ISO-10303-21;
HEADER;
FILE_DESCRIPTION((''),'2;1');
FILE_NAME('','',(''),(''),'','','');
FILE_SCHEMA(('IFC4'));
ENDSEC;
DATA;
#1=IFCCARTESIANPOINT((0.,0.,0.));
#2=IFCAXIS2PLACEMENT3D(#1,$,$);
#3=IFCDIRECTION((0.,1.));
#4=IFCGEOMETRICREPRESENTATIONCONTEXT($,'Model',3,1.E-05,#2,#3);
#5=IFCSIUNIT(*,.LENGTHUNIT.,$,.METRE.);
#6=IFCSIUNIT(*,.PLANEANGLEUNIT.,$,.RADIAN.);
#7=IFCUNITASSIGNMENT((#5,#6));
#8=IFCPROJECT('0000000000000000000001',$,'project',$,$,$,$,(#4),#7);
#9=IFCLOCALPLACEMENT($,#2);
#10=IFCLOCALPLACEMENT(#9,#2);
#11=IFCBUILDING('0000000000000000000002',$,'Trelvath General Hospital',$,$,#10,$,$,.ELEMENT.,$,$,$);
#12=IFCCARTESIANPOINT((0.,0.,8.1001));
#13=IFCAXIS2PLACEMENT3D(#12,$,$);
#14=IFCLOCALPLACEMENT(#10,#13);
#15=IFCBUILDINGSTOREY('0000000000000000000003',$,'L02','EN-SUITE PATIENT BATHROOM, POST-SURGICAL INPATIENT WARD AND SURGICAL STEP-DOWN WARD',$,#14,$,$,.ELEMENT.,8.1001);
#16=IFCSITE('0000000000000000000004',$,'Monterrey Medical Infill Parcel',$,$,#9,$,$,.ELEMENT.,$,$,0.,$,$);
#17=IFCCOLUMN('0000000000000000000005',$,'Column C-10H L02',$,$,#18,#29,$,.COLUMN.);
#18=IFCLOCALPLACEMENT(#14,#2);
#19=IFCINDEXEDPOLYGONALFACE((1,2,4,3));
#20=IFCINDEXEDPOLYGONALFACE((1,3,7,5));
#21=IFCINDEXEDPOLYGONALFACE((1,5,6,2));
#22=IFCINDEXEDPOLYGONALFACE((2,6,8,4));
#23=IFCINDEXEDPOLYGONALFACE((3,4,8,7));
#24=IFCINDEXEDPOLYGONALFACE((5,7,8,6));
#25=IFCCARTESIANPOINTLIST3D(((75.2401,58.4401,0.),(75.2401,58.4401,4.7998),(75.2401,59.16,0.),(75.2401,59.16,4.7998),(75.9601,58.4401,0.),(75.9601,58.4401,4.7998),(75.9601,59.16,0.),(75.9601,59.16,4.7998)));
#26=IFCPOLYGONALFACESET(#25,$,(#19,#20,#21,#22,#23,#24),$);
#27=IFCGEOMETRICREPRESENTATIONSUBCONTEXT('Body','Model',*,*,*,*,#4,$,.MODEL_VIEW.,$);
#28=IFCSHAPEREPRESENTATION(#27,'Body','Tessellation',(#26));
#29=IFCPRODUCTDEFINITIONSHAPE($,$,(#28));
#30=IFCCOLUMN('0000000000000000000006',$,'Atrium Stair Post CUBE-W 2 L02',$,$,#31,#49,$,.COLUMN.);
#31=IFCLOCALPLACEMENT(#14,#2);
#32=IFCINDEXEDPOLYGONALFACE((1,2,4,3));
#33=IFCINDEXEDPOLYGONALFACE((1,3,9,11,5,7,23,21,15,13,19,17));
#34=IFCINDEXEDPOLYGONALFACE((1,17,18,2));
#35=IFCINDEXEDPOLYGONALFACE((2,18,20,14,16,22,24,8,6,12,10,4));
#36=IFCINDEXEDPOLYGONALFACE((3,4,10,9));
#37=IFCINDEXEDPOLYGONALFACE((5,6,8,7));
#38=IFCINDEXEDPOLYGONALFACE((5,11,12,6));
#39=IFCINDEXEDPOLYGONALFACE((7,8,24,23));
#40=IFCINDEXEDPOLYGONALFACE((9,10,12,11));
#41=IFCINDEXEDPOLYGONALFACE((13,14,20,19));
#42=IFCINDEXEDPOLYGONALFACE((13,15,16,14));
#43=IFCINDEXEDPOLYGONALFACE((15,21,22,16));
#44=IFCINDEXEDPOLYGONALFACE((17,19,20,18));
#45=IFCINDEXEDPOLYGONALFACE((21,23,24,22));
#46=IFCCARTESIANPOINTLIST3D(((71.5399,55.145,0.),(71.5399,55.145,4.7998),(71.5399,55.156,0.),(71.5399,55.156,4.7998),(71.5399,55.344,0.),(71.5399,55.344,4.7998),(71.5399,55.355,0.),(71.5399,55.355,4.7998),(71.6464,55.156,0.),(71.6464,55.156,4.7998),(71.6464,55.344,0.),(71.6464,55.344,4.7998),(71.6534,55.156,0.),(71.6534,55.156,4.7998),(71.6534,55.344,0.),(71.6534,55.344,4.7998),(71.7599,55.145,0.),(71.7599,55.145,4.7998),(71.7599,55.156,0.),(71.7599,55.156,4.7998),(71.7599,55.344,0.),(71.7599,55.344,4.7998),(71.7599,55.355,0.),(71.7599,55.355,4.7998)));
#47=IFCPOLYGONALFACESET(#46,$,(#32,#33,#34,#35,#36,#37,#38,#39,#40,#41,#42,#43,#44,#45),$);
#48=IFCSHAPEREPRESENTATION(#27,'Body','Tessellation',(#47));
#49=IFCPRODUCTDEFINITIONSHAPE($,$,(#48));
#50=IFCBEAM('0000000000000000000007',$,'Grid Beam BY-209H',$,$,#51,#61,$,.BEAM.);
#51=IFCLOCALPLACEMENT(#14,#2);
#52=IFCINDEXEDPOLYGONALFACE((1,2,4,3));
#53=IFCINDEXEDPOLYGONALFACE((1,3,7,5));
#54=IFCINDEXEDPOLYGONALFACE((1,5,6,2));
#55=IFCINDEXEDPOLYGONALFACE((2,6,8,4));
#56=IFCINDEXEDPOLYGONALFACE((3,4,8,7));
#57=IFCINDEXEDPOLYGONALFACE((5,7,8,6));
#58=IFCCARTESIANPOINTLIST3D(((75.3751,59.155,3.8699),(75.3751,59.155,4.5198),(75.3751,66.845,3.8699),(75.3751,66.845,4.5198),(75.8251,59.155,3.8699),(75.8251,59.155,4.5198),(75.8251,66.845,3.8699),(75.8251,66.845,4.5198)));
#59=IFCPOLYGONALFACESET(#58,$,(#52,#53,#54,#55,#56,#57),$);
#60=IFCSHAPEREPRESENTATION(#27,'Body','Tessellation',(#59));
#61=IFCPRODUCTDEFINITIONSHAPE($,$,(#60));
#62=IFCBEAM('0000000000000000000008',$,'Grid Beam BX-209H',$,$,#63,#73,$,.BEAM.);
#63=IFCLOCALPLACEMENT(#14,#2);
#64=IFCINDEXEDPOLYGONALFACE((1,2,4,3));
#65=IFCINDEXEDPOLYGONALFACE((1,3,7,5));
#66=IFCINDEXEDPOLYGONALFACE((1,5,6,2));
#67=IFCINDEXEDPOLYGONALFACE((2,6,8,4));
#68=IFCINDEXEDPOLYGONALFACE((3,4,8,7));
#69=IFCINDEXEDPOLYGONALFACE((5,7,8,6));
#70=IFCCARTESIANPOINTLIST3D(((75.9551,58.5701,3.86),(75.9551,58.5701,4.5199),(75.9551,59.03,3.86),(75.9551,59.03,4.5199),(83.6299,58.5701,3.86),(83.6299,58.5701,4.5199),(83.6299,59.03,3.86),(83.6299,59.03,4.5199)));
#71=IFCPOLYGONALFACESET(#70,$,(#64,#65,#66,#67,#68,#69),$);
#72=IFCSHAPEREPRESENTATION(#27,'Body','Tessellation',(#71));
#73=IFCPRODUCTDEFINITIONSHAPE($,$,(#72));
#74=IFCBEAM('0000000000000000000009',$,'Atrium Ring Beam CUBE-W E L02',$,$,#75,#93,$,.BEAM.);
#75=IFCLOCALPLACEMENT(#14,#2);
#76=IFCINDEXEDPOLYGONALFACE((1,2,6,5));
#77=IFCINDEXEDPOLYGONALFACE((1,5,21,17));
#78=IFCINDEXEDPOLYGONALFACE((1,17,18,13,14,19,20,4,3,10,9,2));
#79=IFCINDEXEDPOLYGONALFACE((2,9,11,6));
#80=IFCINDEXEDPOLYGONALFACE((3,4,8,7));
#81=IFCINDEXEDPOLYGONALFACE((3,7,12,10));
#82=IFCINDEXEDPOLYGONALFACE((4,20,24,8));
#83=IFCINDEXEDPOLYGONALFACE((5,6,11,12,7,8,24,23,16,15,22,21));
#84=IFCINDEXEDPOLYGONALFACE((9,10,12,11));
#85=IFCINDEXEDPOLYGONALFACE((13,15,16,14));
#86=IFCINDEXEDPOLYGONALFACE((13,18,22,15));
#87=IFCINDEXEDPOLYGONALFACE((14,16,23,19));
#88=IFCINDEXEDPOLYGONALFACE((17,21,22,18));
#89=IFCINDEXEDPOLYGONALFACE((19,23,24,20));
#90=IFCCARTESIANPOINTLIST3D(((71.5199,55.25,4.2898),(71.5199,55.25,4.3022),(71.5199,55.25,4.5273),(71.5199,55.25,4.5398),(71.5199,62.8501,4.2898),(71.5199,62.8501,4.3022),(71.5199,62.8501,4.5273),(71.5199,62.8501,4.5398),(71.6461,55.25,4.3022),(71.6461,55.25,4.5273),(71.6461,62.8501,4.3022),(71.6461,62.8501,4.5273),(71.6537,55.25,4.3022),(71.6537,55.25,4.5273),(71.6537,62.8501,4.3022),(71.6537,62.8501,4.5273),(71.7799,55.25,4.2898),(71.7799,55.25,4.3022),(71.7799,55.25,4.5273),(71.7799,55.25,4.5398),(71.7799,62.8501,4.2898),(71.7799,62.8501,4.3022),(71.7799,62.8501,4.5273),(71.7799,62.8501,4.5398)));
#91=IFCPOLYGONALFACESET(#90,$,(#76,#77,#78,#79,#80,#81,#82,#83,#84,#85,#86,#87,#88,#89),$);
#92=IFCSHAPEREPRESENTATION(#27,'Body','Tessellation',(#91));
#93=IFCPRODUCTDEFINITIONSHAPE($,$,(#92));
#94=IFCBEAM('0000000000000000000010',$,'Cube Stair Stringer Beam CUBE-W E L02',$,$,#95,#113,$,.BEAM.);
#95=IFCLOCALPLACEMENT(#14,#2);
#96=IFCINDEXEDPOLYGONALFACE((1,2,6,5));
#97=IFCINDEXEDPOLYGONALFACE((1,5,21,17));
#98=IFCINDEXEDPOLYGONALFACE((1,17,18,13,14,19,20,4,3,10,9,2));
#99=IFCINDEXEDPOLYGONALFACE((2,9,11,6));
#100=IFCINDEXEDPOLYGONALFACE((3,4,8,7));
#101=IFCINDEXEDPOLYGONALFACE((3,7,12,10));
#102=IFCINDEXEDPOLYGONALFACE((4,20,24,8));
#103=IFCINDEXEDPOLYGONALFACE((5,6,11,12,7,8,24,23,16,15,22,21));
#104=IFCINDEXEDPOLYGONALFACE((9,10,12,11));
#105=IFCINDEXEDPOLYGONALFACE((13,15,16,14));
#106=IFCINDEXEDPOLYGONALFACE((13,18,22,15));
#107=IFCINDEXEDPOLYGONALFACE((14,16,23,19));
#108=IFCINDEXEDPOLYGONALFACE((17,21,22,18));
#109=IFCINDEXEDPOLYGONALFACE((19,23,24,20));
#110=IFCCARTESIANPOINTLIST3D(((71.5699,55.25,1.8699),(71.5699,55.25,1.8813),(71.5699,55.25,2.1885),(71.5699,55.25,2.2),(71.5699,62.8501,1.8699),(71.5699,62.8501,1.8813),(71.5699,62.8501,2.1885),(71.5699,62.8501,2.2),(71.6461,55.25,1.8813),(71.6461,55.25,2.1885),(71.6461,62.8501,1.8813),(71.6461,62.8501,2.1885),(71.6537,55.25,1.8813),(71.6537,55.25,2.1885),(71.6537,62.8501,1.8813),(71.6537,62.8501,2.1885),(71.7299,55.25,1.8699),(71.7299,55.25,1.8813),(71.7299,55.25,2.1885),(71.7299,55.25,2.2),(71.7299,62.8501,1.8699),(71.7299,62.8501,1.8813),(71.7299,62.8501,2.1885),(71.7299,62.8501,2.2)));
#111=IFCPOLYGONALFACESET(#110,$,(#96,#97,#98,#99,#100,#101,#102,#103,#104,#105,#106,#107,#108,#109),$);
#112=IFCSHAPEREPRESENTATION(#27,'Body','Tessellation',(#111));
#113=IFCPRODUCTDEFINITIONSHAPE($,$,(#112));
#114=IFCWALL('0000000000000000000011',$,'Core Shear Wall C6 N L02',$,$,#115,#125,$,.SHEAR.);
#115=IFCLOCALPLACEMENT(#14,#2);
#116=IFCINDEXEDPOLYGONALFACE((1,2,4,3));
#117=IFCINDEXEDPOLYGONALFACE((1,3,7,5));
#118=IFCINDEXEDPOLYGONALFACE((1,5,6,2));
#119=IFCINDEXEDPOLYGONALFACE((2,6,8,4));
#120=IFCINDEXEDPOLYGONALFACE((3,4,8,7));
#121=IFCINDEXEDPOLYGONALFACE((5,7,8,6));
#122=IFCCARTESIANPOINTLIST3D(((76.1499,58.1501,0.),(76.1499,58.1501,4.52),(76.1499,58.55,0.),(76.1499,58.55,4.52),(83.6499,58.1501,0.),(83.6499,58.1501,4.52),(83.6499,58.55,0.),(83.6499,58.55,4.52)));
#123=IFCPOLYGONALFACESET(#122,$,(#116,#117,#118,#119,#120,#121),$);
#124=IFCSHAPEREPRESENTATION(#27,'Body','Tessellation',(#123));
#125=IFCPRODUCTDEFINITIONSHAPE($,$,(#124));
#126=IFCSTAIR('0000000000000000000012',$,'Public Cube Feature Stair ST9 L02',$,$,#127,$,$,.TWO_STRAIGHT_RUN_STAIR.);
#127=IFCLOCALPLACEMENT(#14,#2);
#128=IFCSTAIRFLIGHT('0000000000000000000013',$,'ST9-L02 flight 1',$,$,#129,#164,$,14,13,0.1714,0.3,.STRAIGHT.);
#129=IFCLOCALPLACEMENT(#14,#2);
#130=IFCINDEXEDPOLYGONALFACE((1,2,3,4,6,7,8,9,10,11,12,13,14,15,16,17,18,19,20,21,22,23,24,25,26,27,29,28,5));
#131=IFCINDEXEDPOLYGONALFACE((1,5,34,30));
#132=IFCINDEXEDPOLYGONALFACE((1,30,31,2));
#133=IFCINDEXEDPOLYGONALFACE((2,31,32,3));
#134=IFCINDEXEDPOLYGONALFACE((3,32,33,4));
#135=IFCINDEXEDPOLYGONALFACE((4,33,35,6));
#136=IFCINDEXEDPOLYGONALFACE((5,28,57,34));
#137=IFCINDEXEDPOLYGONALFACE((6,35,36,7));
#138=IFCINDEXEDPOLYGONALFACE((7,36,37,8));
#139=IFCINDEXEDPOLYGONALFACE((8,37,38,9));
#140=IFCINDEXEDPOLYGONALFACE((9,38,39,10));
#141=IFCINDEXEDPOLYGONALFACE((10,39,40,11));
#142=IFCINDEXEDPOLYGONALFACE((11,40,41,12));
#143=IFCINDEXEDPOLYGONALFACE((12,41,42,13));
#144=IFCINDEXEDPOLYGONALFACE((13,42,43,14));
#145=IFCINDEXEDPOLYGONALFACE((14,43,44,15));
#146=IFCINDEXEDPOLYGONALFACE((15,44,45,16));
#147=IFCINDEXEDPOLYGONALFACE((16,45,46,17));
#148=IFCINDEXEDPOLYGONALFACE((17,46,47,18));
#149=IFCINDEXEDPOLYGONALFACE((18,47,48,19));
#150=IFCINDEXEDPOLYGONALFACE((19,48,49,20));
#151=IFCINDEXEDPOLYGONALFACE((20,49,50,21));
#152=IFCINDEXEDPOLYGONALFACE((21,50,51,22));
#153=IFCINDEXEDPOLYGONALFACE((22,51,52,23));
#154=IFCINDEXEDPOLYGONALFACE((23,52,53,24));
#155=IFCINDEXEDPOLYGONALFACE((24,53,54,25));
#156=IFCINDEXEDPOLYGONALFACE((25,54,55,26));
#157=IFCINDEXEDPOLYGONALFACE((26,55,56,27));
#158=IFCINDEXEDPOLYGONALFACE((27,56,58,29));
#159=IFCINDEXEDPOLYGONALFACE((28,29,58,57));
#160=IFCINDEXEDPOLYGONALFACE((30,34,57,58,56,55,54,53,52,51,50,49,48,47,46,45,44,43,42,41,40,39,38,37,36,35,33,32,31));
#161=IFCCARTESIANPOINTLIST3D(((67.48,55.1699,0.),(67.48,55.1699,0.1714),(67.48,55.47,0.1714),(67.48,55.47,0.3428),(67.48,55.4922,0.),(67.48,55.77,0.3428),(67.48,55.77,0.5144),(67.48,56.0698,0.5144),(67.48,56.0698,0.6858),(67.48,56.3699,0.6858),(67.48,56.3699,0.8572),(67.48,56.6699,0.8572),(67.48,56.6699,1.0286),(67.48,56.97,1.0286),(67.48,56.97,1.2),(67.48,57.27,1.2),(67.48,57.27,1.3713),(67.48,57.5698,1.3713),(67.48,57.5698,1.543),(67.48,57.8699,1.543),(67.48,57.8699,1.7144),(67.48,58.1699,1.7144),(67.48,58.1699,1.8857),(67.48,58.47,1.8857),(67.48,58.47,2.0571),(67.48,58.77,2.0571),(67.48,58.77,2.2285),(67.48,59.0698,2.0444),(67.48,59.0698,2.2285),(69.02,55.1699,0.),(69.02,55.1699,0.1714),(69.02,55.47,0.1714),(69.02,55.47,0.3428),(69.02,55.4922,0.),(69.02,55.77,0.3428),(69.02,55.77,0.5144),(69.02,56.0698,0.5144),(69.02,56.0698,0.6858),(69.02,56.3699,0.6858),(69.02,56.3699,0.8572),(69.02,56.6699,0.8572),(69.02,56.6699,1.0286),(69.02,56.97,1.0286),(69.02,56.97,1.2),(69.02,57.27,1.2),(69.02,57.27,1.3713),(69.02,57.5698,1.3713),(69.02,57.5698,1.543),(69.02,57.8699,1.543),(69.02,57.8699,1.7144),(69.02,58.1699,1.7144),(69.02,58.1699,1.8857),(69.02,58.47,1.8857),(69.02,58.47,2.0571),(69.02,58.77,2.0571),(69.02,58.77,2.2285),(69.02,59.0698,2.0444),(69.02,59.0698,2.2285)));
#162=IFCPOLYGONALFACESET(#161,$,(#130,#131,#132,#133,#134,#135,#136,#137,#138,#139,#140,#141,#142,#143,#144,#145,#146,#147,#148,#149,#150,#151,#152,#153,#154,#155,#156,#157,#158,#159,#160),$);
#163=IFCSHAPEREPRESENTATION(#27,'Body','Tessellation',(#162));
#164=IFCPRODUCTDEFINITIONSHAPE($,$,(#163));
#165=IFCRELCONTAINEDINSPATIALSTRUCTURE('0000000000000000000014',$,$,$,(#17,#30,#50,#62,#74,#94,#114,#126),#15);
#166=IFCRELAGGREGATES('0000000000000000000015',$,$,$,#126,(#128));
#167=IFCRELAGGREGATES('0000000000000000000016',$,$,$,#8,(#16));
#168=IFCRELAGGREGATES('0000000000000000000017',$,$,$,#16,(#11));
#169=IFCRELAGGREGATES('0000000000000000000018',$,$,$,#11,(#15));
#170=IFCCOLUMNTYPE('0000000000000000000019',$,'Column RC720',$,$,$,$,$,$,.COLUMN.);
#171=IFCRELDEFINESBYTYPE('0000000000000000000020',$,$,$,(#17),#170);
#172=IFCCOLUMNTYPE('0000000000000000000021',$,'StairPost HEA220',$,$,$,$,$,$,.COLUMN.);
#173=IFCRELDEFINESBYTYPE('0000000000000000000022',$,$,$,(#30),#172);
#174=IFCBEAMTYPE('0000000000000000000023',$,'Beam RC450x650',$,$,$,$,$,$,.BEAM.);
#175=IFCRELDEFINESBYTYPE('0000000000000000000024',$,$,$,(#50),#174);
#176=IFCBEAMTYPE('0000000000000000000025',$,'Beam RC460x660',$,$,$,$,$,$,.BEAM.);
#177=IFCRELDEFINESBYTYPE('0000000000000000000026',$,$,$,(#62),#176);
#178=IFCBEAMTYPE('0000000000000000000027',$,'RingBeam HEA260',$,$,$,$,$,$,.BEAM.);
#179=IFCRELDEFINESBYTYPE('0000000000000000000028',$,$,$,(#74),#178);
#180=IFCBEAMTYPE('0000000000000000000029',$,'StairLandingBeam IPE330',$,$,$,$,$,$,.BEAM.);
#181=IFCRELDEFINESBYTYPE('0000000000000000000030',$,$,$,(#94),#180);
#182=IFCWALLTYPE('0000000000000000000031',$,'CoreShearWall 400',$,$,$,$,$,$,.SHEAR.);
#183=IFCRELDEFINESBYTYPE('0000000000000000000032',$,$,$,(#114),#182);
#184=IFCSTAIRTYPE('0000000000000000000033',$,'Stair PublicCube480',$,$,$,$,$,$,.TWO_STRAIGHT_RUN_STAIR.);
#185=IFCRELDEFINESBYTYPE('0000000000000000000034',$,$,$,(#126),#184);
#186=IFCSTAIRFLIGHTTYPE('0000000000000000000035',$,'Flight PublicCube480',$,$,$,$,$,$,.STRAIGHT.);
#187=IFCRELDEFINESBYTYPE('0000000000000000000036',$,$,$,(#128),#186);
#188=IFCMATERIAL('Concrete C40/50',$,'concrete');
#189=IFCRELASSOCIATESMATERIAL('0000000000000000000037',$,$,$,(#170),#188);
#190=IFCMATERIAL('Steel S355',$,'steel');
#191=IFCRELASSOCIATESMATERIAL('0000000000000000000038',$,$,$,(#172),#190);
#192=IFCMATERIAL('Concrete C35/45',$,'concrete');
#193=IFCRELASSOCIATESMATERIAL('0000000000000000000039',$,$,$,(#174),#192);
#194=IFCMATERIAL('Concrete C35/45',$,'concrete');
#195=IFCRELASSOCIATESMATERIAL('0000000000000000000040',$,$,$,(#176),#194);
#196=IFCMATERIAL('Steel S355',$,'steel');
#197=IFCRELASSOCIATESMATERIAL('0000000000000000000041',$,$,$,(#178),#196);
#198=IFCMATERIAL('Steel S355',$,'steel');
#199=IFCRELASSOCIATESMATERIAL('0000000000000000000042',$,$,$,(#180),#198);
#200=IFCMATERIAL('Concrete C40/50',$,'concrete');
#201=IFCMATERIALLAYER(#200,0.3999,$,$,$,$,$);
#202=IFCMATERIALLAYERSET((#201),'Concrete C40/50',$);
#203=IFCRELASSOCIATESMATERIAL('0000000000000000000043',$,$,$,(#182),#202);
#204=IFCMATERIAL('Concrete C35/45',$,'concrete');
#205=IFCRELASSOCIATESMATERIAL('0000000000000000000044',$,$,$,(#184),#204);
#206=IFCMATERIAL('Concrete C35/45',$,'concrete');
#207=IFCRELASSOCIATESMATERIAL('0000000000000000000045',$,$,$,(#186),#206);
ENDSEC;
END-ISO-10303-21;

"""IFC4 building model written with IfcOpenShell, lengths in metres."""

from ifc_helpers import new_model, si_unit, direction, frame, frame_2d, origin, origin_2d, place, context, subcontext, project, spatial, polyline, rectangle, i_section, outline, extrude, material, layer, layer_set, material_profile, profile_set, type_object, element, aggregate, save


model = new_model("IFC4")

# Units and contexts
model_context = context("Model", 3, precision=1e-05, world=origin(), true_north=direction((0.0, 1.0)))
body_context = subcontext(model_context, "Body", "Model", "MODEL_VIEW")
ifc_project = project(units=[si_unit("LENGTHUNIT", "METRE"), si_unit("PLANEANGLEUNIT", "RADIAN")], contexts=[model_context])

# Site, building, storey
site_placement = place(None, origin())
site = spatial("IfcSite", under=ifc_project, at=site_placement, Name="Monterrey Medical Infill Parcel", CompositionType="ELEMENT", RefElevation=0.0)
building_placement = place(site_placement, origin())
building = spatial("IfcBuilding", under=site, at=building_placement, Name="Trelvath General Hospital", CompositionType="ELEMENT")
storey_placement = place(building_placement, frame((0.0, 0.0, 8.1001)))
storey = spatial("IfcBuildingStorey", under=building, at=storey_placement, Name="L02", Description="EN-SUITE PATIENT BATHROOM, POST-SURGICAL INPATIENT WARD AND SURGICAL STEP-DOWN WARD", CompositionType="ELEMENT", Elevation=8.1001)

# Columns
ifc_material_1 = material(Name="Concrete C40/50", Category="concrete")
ifc_material_profile_1 = material_profile(ifc_material_1, rectangle(XDim=0.72, YDim=0.72, at=origin_2d()), Name="RC720x720")
ifc_profile_set_1 = profile_set([ifc_material_profile_1], Name="Concrete C40/50")
column_type_1 = type_object("IfcColumnType", Name="Column RC720", PredefinedType="COLUMN", material=ifc_profile_set_1)
column_1_placement = place(storey_placement, frame((75.6001, 58.8, 0.0), z_axis=(0.0, 0.0, 1.0), x_axis=(1.0, 0.0, 0.0)))
element("IfcColumn", 1, at=column_1_placement, inside=storey, type_object=column_type_1, Name="Column C-10H L02", PredefinedType="COLUMN", context=body_context, shape_type="SweptSolid", body=[
    extrude(rectangle(XDim=0.72, YDim=0.72, at=origin_2d()), origin(), (0.0, 0.0, 1.0), 4.7998),
])
ifc_material_2 = material(Name="Steel S355", Category="steel")
ifc_material_profile_2 = material_profile(ifc_material_2, i_section(OverallWidth=0.22, OverallDepth=0.21, WebThickness=0.0071, FlangeThickness=0.011, at=origin_2d()), Name="HEA220")
ifc_profile_set_2 = profile_set([ifc_material_profile_2], Name="Steel S355")
column_type_2 = type_object("IfcColumnType", Name="StairPost HEA220", PredefinedType="COLUMN", material=ifc_profile_set_2)
column_2_placement = place(storey_placement, frame((71.6499, 55.25, 0.0), z_axis=(0.0, 0.0, 1.0), x_axis=(1.0, 0.0, 0.0)))
element("IfcColumn", 2, at=column_2_placement, inside=storey, type_object=column_type_2, Name="Atrium Stair Post CUBE-W 2 L02", PredefinedType="COLUMN", context=body_context, shape_type="SweptSolid", body=[
    extrude(i_section(OverallWidth=0.22, OverallDepth=0.21, WebThickness=0.0071, FlangeThickness=0.011, at=origin_2d()), origin(), (0.0, 0.0, 1.0), 4.7998),
])

# Beams
ifc_material_3 = material(Name="Concrete C35/45", Category="concrete")
ifc_material_profile_3 = material_profile(ifc_material_3, rectangle(XDim=0.45, YDim=0.6499, at=origin_2d()), Name="RCB450x650")
ifc_profile_set_3 = profile_set([ifc_material_profile_3], Name="Concrete C35/45")
beam_type_1 = type_object("IfcBeamType", Name="Beam RC450x650", PredefinedType="BEAM", material=ifc_profile_set_3)
beam_1_placement = place(storey_placement, frame((75.6001, 59.155, 4.1948), z_axis=(0.0, 1.0, 0.0), x_axis=(-1.0, 0.0, 0.0)))
element("IfcBeam", 3, at=beam_1_placement, inside=storey, type_object=beam_type_1, Name="Grid Beam BY-209H", PredefinedType="BEAM", context=body_context, shape_type="SweptSolid", body=[
    extrude(rectangle(XDim=0.45, YDim=0.6499, at=origin_2d()), origin(), (0.0, 0.0, 1.0), 7.6899),
])
ifc_material_4 = material(Name="Concrete C35/45", Category="concrete")
ifc_material_profile_4 = material_profile(ifc_material_4, rectangle(XDim=0.46, YDim=0.6599, at=origin_2d()), Name="RCB460x660")
ifc_profile_set_4 = profile_set([ifc_material_profile_4], Name="Concrete C35/45")
beam_type_2 = type_object("IfcBeamType", Name="Beam RC460x660", PredefinedType="BEAM", material=ifc_profile_set_4)
beam_2_placement = place(storey_placement, frame((75.9551, 58.8, 4.1899), z_axis=(1.0, 0.0, 0.0), x_axis=(0.0, 1.0, 0.0)))
element("IfcBeam", 4, at=beam_2_placement, inside=storey, type_object=beam_type_2, Name="Grid Beam BX-209H", PredefinedType="BEAM", context=body_context, shape_type="SweptSolid", body=[
    extrude(rectangle(XDim=0.46, YDim=0.6599, at=origin_2d()), origin(), (0.0, 0.0, 1.0), 7.6748),
])
ifc_material_5 = material(Name="Steel S355", Category="steel")
ifc_material_profile_5 = material_profile(ifc_material_5, i_section(OverallWidth=0.26, OverallDepth=0.25, WebThickness=0.0076, FlangeThickness=0.0125, at=origin_2d()), Name="HEA260")
ifc_profile_set_5 = profile_set([ifc_material_profile_5], Name="Steel S355")
beam_type_3 = type_object("IfcBeamType", Name="RingBeam HEA260", PredefinedType="BEAM", material=ifc_profile_set_5)
beam_3_placement = place(storey_placement, frame((71.6499, 55.25, 4.4148), z_axis=(0.0, 1.0, 0.0), x_axis=(-1.0, 0.0, 0.0)))
element("IfcBeam", 5, at=beam_3_placement, inside=storey, type_object=beam_type_3, Name="Atrium Ring Beam CUBE-W E L02", PredefinedType="BEAM", context=body_context, shape_type="SweptSolid", body=[
    extrude(i_section(OverallWidth=0.26, OverallDepth=0.25, WebThickness=0.0076, FlangeThickness=0.0125, at=origin_2d()), origin(), (0.0, 0.0, 1.0), 7.6001),
])
ifc_material_6 = material(Name="Steel S355", Category="steel")
ifc_material_profile_6 = material_profile(ifc_material_6, i_section(OverallWidth=0.1599, OverallDepth=0.3301, WebThickness=0.0076, FlangeThickness=0.0115, at=origin_2d()), Name="IPE330")
ifc_profile_set_6 = profile_set([ifc_material_profile_6], Name="Steel S355")
beam_type_4 = type_object("IfcBeamType", Name="StairLandingBeam IPE330", PredefinedType="BEAM", material=ifc_profile_set_6)
beam_4_placement = place(storey_placement, frame((71.6499, 55.25, 2.0349), z_axis=(0.0, 1.0, 0.0), x_axis=(-1.0, 0.0, 0.0)))
element("IfcBeam", 6, at=beam_4_placement, inside=storey, type_object=beam_type_4, Name="Cube Stair Stringer Beam CUBE-W E L02", PredefinedType="BEAM", context=body_context, shape_type="SweptSolid", body=[
    extrude(i_section(OverallWidth=0.1599, OverallDepth=0.3301, WebThickness=0.0076, FlangeThickness=0.0115, at=origin_2d()), origin(), (0.0, 0.0, 1.0), 7.6001),
])

# Wall
ifc_material_7 = material(Name="Concrete C40/50", Category="concrete")
ifc_layer_1 = layer(ifc_material_7, 0.3999)
ifc_layer_set_1 = layer_set([ifc_layer_1], Name="Concrete C40/50")
wall_type_1 = type_object("IfcWallType", Name="CoreShearWall 400", PredefinedType="SHEAR", material=ifc_layer_set_1)
wall_1_placement = place(storey_placement, frame((76.1499, 58.3501, 0.0), z_axis=(0.0, 0.0, 1.0), x_axis=(1.0, 0.0, 0.0)))
element("IfcWall", 7, at=wall_1_placement, inside=storey, type_object=wall_type_1, Name="Core Shear Wall C6 N L02", PredefinedType="SHEAR", context=body_context, shape_type="SweptSolid", body=[
    extrude(rectangle(XDim=7.5, YDim=0.3999, at=frame_2d((3.75, 0.0))), origin(), (0.0, 0.0, 1.0), 4.52),
])

# Stair, stair flight
ifc_material_8 = material(Name="Concrete C35/45", Category="concrete")
stair_type_1 = type_object("IfcStairType", Name="Stair PublicCube480", PredefinedType="TWO_STRAIGHT_RUN_STAIR", material=ifc_material_8)
stair_1_placement = place(storey_placement, origin())
stair_1 = element("IfcStair", 8, at=stair_1_placement, inside=storey, type_object=stair_type_1, Name="Public Cube Feature Stair ST9 L02", PredefinedType="TWO_STRAIGHT_RUN_STAIR")
ifc_material_9 = material(Name="Concrete C35/45", Category="concrete")
stair_flight_type_1 = type_object("IfcStairFlightType", Name="Flight PublicCube480", PredefinedType="STRAIGHT", material=ifc_material_9)
stair_flight_1_placement = place(storey_placement, frame((68.25, 55.1699, 0.0), z_axis=(0.0, 0.0, 1.0), x_axis=(0.0, 1.0, 0.0)))
stair_flight_1 = element("IfcStairFlight", 9, at=stair_flight_1_placement, type_object=stair_flight_type_1, Name="ST9-L02 flight 1", NumberOfRisers=14, NumberOfTreads=13, PredefinedType="STRAIGHT", RiserHeight=0.1714, TreadLength=0.3, context=body_context, shape_type="SweptSolid", body=[
    extrude(outline(polyline([(0.0, 0.0), (0.0, 0.1714), (0.3, 0.1714), (0.3, 0.3428), (0.6001, 0.3428), (0.6001, 0.5144), (0.8999, 0.5144), (0.8999, 0.6858), (1.2, 0.6858), (1.2, 0.8572), (1.5, 0.8572), (1.5, 1.0286), (1.8, 1.0286), (1.8, 1.2), (2.1001, 1.2), (2.1001, 1.3713), (2.3999, 1.3713), (2.3999, 1.543), (2.7, 1.543), (2.7, 1.7144), (3.0, 1.7144), (3.0, 1.8857), (3.3, 1.8857), (3.3, 2.0571), (3.6001, 2.0571), (3.6001, 2.2285), (3.8999, 2.2285), (3.8999, 2.3999), (3.8999, 2.0444), (0.3223, 0.0), (0.0, 0.0)])), frame((0.0, 0.77, 0.0), z_axis=(0.0, -1.0, 0.0), x_axis=(1.0, 0.0, 0.0)), (0.0, 0.0, 1.0), 1.54),
])
aggregate(stair_1, [stair_flight_1])

save(model, "model.ifc")
